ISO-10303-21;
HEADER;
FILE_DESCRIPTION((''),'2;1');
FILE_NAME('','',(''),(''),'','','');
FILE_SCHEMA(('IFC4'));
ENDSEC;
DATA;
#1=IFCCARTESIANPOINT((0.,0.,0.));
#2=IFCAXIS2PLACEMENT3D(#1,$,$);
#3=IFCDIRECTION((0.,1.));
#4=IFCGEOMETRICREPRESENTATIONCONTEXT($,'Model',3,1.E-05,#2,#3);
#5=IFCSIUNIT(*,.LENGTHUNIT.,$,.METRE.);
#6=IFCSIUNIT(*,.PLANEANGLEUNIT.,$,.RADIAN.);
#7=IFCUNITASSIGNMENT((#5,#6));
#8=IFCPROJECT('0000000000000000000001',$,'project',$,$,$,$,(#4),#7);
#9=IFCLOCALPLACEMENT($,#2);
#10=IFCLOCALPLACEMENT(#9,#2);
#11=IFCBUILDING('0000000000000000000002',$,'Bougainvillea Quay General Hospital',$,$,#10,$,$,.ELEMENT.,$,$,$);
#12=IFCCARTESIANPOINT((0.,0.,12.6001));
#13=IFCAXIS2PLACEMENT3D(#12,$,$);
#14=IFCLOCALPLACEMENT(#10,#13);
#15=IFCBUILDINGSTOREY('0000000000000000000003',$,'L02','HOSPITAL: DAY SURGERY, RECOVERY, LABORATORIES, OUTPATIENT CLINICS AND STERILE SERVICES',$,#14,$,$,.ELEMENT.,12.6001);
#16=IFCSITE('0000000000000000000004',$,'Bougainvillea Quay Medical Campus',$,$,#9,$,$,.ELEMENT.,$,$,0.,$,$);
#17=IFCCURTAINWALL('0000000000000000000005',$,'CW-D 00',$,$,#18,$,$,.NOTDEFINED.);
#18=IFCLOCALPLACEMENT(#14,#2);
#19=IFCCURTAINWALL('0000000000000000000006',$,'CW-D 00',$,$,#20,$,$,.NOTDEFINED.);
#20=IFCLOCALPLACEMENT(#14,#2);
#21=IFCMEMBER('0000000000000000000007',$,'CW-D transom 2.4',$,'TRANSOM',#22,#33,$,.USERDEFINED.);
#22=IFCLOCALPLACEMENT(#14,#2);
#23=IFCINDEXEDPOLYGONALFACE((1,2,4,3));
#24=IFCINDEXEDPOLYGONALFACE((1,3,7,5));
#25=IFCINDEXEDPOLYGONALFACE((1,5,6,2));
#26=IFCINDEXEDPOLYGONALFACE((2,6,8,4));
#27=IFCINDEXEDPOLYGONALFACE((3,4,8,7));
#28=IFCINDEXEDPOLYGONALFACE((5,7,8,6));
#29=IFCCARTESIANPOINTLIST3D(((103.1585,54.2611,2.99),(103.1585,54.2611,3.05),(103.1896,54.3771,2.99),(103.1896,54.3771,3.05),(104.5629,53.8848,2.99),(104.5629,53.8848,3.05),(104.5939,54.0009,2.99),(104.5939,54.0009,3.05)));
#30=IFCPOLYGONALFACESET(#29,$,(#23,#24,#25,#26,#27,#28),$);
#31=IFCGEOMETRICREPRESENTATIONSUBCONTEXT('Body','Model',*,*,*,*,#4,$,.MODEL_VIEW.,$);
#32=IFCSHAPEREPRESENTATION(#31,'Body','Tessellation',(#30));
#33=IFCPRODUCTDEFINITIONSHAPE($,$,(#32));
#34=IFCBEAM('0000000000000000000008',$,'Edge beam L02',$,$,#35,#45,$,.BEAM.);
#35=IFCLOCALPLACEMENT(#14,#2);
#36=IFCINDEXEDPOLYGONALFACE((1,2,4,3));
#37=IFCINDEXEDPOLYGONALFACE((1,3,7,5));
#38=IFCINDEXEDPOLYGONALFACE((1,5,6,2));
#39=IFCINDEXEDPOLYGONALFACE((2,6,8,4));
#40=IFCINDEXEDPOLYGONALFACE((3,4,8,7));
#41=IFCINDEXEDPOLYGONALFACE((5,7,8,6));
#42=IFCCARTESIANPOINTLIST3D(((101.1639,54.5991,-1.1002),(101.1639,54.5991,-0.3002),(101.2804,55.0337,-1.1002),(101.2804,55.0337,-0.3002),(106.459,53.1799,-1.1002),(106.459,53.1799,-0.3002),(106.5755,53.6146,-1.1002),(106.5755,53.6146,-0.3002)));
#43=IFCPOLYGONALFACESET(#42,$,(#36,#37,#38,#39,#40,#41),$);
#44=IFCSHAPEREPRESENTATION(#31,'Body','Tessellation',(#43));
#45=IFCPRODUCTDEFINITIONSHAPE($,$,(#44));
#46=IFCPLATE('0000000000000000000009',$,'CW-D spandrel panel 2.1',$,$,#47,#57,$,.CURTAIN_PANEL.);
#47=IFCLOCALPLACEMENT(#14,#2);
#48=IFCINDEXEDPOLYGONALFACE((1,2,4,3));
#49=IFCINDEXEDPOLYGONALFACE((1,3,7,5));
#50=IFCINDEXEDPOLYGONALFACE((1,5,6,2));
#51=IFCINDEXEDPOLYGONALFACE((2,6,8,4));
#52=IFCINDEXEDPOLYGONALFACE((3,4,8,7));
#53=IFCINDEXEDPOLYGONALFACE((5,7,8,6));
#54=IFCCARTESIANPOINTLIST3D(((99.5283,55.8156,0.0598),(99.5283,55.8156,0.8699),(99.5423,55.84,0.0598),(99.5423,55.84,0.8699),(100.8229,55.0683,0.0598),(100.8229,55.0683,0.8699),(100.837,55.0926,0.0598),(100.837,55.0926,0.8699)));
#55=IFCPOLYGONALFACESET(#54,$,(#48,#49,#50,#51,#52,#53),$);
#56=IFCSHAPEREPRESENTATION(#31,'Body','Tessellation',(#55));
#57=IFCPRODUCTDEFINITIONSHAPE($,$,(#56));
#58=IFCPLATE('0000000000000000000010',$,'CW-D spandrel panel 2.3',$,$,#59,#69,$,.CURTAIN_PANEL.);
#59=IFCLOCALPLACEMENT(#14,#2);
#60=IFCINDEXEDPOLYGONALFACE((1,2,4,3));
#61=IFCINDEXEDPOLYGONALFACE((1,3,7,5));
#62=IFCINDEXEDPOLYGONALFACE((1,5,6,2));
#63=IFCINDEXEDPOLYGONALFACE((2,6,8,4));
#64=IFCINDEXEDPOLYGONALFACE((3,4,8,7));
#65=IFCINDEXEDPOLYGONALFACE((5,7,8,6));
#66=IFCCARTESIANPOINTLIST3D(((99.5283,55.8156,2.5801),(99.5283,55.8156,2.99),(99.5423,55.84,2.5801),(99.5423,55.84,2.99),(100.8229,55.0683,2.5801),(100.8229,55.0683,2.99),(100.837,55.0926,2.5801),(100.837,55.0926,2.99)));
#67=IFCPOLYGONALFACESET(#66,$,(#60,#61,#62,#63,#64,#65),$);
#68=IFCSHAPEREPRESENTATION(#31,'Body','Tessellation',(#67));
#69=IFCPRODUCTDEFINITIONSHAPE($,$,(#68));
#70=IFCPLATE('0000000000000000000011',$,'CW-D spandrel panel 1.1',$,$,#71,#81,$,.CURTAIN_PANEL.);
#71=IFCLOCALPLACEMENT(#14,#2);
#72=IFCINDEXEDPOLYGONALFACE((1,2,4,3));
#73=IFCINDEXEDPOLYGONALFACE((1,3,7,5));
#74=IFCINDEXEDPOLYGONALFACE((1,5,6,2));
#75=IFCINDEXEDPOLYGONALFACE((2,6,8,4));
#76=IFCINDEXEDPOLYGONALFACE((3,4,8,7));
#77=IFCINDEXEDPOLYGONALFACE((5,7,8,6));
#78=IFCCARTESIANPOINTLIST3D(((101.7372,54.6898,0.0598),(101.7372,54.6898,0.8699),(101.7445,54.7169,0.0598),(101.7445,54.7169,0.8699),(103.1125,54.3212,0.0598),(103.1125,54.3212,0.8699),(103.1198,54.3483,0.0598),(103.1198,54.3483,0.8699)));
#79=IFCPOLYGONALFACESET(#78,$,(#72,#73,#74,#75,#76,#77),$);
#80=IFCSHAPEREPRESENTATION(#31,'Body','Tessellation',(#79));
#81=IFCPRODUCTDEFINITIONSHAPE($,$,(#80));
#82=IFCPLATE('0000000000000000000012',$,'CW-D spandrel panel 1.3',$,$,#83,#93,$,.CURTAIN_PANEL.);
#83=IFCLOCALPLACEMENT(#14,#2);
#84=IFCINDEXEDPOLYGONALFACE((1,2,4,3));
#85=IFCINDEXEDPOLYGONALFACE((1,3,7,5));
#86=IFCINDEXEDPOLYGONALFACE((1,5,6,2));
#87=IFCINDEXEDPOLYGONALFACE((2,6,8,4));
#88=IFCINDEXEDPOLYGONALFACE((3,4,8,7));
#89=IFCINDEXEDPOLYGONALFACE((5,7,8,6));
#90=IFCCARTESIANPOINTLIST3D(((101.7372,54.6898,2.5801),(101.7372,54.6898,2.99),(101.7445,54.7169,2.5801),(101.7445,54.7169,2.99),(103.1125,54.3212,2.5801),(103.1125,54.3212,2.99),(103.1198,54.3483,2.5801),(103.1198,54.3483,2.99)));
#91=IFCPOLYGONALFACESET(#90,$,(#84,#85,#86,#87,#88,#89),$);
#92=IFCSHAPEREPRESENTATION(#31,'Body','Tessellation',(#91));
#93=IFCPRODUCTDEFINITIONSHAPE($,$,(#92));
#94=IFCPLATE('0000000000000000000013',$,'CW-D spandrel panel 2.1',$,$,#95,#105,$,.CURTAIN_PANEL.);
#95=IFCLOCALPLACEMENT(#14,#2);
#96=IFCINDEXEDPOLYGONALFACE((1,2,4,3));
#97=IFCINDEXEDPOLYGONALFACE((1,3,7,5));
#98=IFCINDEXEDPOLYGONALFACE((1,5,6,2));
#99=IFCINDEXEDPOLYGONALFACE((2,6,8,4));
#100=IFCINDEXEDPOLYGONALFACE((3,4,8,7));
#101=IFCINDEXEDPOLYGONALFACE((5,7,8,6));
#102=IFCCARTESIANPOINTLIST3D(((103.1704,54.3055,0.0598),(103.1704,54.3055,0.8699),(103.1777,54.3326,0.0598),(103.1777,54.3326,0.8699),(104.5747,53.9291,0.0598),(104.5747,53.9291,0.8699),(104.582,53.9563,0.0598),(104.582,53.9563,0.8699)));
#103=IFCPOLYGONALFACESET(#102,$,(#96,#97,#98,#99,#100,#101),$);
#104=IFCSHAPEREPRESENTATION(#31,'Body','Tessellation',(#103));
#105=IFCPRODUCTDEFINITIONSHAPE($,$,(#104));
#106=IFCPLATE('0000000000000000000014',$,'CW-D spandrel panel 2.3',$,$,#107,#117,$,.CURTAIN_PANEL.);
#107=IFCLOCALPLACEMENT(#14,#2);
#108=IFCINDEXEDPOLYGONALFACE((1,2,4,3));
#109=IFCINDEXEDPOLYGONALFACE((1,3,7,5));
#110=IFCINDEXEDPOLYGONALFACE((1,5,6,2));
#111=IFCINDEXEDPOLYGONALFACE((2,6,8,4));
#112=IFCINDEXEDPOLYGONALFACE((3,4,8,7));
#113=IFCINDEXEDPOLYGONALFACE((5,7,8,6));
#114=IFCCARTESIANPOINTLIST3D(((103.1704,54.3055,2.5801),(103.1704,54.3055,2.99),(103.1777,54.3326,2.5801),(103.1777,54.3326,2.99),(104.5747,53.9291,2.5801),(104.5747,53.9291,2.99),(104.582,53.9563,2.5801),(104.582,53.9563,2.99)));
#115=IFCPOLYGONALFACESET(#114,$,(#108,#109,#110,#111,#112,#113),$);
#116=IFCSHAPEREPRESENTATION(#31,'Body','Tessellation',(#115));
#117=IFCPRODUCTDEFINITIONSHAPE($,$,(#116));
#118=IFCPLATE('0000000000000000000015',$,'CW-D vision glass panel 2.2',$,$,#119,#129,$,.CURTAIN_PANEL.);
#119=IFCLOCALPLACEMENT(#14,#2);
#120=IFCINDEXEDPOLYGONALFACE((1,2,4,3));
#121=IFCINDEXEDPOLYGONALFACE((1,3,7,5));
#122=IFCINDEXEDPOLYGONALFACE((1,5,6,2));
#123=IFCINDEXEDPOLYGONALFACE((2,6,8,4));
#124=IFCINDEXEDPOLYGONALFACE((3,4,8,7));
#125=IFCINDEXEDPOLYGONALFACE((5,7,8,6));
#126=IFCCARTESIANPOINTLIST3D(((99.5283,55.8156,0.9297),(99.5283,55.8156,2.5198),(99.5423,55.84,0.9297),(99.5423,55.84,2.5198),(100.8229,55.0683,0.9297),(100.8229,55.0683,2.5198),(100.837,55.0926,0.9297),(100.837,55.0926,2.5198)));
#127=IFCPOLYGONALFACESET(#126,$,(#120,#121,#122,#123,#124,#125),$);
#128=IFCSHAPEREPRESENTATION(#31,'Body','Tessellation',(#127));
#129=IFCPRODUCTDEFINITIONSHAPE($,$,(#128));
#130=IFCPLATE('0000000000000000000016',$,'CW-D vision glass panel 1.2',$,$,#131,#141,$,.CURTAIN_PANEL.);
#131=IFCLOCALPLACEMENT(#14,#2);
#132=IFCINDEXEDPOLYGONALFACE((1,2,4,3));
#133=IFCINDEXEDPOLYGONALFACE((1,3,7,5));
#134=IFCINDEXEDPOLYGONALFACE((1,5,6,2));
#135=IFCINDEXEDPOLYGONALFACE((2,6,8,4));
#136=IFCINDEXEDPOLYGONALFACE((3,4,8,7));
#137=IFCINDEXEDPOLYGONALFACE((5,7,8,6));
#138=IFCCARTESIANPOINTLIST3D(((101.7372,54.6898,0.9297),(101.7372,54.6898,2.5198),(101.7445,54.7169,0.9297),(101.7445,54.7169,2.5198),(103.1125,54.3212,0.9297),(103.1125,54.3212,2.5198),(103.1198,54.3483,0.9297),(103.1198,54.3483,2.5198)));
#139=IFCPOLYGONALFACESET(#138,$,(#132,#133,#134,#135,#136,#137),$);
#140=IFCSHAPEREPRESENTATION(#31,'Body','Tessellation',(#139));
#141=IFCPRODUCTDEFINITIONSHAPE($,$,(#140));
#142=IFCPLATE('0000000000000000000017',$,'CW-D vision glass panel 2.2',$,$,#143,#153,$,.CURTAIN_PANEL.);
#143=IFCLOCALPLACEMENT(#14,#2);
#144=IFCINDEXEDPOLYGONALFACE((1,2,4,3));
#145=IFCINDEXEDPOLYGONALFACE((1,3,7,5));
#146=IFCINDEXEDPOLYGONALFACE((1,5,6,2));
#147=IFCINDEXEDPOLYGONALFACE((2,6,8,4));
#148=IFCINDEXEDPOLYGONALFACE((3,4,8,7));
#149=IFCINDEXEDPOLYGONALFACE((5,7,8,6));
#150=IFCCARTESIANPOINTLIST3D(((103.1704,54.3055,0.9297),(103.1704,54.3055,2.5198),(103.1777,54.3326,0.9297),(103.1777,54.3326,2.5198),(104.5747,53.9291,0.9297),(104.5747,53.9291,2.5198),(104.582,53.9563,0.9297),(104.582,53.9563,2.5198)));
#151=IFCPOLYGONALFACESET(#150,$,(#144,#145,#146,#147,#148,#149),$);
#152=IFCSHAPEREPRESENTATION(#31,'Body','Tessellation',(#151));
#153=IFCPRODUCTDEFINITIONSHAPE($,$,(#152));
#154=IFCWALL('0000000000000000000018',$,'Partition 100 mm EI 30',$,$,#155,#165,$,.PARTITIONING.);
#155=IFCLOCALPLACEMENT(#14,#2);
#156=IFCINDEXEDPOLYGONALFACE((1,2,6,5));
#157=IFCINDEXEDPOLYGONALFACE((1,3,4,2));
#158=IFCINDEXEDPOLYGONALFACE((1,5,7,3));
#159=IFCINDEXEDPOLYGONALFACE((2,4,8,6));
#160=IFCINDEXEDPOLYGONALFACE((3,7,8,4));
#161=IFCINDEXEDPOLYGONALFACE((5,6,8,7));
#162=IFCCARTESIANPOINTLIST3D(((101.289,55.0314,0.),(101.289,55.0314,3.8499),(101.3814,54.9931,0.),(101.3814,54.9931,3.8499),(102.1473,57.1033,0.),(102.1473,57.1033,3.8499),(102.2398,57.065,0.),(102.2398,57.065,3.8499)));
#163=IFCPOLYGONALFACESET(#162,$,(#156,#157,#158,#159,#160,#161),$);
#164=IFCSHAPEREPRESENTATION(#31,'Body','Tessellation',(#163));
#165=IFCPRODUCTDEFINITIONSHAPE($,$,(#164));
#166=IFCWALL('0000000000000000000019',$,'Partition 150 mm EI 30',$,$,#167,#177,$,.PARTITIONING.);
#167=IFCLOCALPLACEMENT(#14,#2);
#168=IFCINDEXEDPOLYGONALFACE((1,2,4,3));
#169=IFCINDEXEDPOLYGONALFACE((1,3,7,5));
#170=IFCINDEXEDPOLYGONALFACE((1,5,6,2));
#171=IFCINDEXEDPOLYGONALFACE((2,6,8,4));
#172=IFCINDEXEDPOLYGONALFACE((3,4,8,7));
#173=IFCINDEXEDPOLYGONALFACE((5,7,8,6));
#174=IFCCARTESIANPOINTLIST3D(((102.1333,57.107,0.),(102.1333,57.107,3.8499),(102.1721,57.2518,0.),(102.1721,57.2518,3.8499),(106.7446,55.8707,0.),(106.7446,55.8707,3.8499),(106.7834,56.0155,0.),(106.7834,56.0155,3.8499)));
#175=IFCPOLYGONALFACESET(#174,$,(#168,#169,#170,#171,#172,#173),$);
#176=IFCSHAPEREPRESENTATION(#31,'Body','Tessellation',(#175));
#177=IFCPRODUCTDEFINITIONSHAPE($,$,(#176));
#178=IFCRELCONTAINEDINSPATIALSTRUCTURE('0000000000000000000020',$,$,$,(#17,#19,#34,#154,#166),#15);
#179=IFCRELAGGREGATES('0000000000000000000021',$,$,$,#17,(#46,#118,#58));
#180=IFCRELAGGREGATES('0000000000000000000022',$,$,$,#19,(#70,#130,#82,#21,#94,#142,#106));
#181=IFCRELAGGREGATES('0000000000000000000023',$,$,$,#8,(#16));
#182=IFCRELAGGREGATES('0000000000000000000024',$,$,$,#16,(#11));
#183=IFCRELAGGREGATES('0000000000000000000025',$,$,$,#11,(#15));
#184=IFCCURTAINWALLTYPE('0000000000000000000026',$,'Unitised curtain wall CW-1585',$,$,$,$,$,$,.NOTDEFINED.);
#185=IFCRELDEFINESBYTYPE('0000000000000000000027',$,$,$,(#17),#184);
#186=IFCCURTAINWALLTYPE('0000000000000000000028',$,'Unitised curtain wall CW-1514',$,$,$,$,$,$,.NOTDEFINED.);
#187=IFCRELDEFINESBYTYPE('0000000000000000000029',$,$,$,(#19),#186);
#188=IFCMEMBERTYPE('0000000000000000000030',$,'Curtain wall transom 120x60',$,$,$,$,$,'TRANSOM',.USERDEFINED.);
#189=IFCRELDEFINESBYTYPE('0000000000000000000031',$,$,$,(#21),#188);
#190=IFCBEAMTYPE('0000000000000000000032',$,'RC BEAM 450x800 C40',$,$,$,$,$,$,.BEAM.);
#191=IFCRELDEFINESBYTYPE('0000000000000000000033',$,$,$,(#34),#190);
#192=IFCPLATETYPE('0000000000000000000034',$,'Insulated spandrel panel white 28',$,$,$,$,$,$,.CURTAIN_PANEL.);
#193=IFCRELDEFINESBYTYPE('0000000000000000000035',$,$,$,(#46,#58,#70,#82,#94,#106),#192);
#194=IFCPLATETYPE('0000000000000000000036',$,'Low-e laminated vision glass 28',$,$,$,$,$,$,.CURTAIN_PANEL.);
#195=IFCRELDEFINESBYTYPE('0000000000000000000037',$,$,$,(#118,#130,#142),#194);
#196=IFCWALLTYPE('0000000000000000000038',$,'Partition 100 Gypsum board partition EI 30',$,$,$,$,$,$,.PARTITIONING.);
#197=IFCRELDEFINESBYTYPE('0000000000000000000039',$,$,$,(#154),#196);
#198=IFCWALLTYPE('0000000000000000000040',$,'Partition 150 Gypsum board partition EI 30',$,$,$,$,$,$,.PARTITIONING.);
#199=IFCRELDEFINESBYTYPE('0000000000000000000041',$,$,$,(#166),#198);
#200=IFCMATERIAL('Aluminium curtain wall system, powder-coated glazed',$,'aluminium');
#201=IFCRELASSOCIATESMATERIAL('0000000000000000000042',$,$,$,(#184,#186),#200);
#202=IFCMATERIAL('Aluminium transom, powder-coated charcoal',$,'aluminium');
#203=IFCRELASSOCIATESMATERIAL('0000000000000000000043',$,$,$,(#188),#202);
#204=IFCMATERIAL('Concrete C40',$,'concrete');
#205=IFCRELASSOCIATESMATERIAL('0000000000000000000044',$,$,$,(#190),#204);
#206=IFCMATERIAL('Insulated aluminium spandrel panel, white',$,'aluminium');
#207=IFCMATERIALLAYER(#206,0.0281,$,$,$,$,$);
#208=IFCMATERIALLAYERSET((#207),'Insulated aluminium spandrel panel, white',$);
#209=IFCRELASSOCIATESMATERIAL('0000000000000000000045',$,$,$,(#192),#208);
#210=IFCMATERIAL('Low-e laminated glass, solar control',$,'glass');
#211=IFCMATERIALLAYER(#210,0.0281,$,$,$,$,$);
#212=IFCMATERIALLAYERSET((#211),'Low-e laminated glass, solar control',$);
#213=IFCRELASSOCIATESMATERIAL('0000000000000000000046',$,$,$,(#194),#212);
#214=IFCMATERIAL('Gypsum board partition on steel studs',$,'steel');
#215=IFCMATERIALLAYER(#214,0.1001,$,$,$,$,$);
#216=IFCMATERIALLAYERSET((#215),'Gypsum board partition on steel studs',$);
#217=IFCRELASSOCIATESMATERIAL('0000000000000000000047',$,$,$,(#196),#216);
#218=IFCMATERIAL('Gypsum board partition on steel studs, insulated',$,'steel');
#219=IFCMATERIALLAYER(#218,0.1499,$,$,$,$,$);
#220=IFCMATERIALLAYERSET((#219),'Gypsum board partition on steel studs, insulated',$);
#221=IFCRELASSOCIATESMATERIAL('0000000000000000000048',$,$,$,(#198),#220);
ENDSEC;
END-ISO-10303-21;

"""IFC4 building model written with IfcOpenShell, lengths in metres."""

from ifc_helpers import new_model, si_unit, direction, frame, frame_2d, origin, origin_2d, place, context, subcontext, project, spatial, rectangle, extrude, material, layer, layer_set, material_profile, profile_set, type_object, element, aggregate, save


model = new_model("IFC4")

# Units and contexts
model_context = context("Model", 3, precision=1e-05, world=origin(), true_north=direction((0.0, 1.0)))
body_context = subcontext(model_context, "Body", "Model", "MODEL_VIEW")
ifc_project = project(units=[si_unit("LENGTHUNIT", "METRE"), si_unit("PLANEANGLEUNIT", "RADIAN")], contexts=[model_context])

# Site, building, storey
site_placement = place(None, origin())
site = spatial("IfcSite", under=ifc_project, at=site_placement, Name="Bougainvillea Quay Medical Campus", CompositionType="ELEMENT", RefElevation=0.0)
building_placement = place(site_placement, origin())
building = spatial("IfcBuilding", under=site, at=building_placement, Name="Bougainvillea Quay General Hospital", CompositionType="ELEMENT")
storey_placement = place(building_placement, frame((0.0, 0.0, 12.6001)))
storey = spatial("IfcBuildingStorey", under=building, at=storey_placement, Name="L02", Description="HOSPITAL: DAY SURGERY, RECOVERY, LABORATORIES, OUTPATIENT CLINICS AND STERILE SERVICES", CompositionType="ELEMENT", Elevation=12.6001)

# Shared definitions
ifc_material_1 = material(Name="Concrete C40", Category="concrete")

# Curtain wall
ifc_material_2 = material(Name="Aluminium curtain wall system, powder-coated glazed", Category="aluminium")
curtain_wall_type_1 = type_object("IfcCurtainWallType", Name="Unitised curtain wall CW-1585", PredefinedType="NOTDEFINED", material=ifc_material_2)
curtain_wall_1_placement = place(storey_placement, origin())
curtain_wall_1 = element("IfcCurtainWall", 1, at=curtain_wall_1_placement, inside=storey, type_object=curtain_wall_type_1, Name="CW-D 00", PredefinedType="NOTDEFINED")

# Curtain wall, member
curtain_wall_type_2 = type_object("IfcCurtainWallType", Name="Unitised curtain wall CW-1514", PredefinedType="NOTDEFINED", material=ifc_material_2)
curtain_wall_2_placement = place(storey_placement, origin())
curtain_wall_2 = element("IfcCurtainWall", 2, at=curtain_wall_2_placement, inside=storey, type_object=curtain_wall_type_2, Name="CW-D 00", PredefinedType="NOTDEFINED")
ifc_material_3 = material(Name="Aluminium transom, powder-coated charcoal", Category="aluminium")
ifc_material_profile_1 = material_profile(ifc_material_3, rectangle(XDim=0.1201, YDim=0.0601, at=origin_2d()))
ifc_profile_set_1 = profile_set([ifc_material_profile_1], Name="Aluminium transom, powder-coated charcoal")
member_type_1 = type_object("IfcMemberType", Name="Curtain wall transom 120x60", ElementType="TRANSOM", PredefinedType="USERDEFINED", material=ifc_profile_set_1)
member_1_placement = place(storey_placement, frame((103.1741, 54.3191, 3.02), z_axis=(0.965936, -0.258781, 0.0), x_axis=(0.258781, 0.965936, 0.0)))
member_1 = element("IfcMember", 3, at=member_1_placement, type_object=member_type_1, Name="CW-D transom 2.4", ObjectType="TRANSOM", PredefinedType="USERDEFINED", context=body_context, shape_type="SweptSolid", body=[
    extrude(rectangle(XDim=0.1201, YDim=0.0601, at=origin_2d()), origin(), (0.0, 0.0, 1.0), 1.4539),
])

# Beam
ifc_material_profile_2 = material_profile(ifc_material_1, rectangle(XDim=0.45, YDim=0.8, at=origin_2d()))
ifc_profile_set_2 = profile_set([ifc_material_profile_2], Name="Concrete C40")
beam_type = type_object("IfcBeamType", Name="RC BEAM 450x800 C40", PredefinedType="BEAM", material=ifc_profile_set_2)
beam_placement = place(storey_placement, frame((101.2222, 54.8164, -0.7002), z_axis=(0.96591, -0.258879, 0.0), x_axis=(0.258879, 0.96591, 0.0)))
element("IfcBeam", 4, at=beam_placement, inside=storey, type_object=beam_type, Name="Edge beam L02", PredefinedType="BEAM", context=body_context, shape_type="SweptSolid", body=[
    extrude(rectangle(XDim=0.45, YDim=0.8, at=origin_2d()), origin(), (0.0, 0.0, 1.0), 5.4819),
])

# Plates
ifc_material_4 = material(Name="Insulated aluminium spandrel panel, white", Category="aluminium")
ifc_layer_1 = layer(ifc_material_4, 0.0281)
ifc_layer_set_1 = layer_set([ifc_layer_1], Name="Insulated aluminium spandrel panel, white")
plate_type_1 = type_object("IfcPlateType", Name="Insulated spandrel panel white 28", PredefinedType="CURTAIN_PANEL", material=ifc_layer_set_1)
plate_1_placement = place(storey_placement, frame((100.1826, 55.4541, 0.0598), z_axis=(0.0, 0.0, 1.0), x_axis=(0.866046, -0.499965, 0.0)))
plate_1 = element("IfcPlate", 5, at=plate_1_placement, type_object=plate_type_1, Name="CW-D spandrel panel 2.1", PredefinedType="CURTAIN_PANEL", context=body_context, shape_type="SweptSolid", body=[
    extrude(rectangle(XDim=1.4949, YDim=0.0281, at=origin_2d()), origin(), (0.0, 0.0, 1.0), 0.8101),
])
plate_2_placement = place(storey_placement, frame((100.1826, 55.4541, 2.5801), z_axis=(0.0, 0.0, 1.0), x_axis=(0.866046, -0.499965, 0.0)))
plate_2 = element("IfcPlate", 6, at=plate_2_placement, type_object=plate_type_1, Name="CW-D spandrel panel 2.3", PredefinedType="CURTAIN_PANEL", context=body_context, shape_type="SweptSolid", body=[
    extrude(rectangle(XDim=1.4949, YDim=0.0281, at=origin_2d()), origin(), (0.0, 0.0, 1.0), 0.4099),
])
plate_3_placement = place(storey_placement, frame((102.4285, 54.519, 0.0598), z_axis=(0.0, 0.0, 1.0), x_axis=(0.965916, -0.258855, 0.0)))
plate_3 = element("IfcPlate", 7, at=plate_3_placement, type_object=plate_type_1, Name="CW-D spandrel panel 1.1", PredefinedType="CURTAIN_PANEL", context=body_context, shape_type="SweptSolid", body=[
    extrude(rectangle(XDim=1.4238, YDim=0.0281, at=origin_2d()), origin(), (0.0, 0.0, 1.0), 0.8101),
])
plate_4_placement = place(storey_placement, frame((102.4285, 54.519, 2.5801), z_axis=(0.0, 0.0, 1.0), x_axis=(0.965916, -0.258855, 0.0)))
plate_4 = element("IfcPlate", 8, at=plate_4_placement, type_object=plate_type_1, Name="CW-D spandrel panel 1.3", PredefinedType="CURTAIN_PANEL", context=body_context, shape_type="SweptSolid", body=[
    extrude(rectangle(XDim=1.4238, YDim=0.0281, at=origin_2d()), origin(), (0.0, 0.0, 1.0), 0.4099),
])
plate_5_placement = place(storey_placement, frame((103.8762, 54.1309, 0.0598), z_axis=(0.0, 0.0, 1.0), x_axis=(0.965916, -0.258855, 0.0)))
plate_5 = element("IfcPlate", 9, at=plate_5_placement, type_object=plate_type_1, Name="CW-D spandrel panel 2.1", PredefinedType="CURTAIN_PANEL", context=body_context, shape_type="SweptSolid", body=[
    extrude(rectangle(XDim=1.4539, YDim=0.0281, at=origin_2d()), origin(), (0.0, 0.0, 1.0), 0.8101),
])
plate_6_placement = place(storey_placement, frame((103.8762, 54.1309, 2.5801), z_axis=(0.0, 0.0, 1.0), x_axis=(0.965916, -0.258855, 0.0)))
plate_6 = element("IfcPlate", 10, at=plate_6_placement, type_object=plate_type_1, Name="CW-D spandrel panel 2.3", PredefinedType="CURTAIN_PANEL", context=body_context, shape_type="SweptSolid", body=[
    extrude(rectangle(XDim=1.4539, YDim=0.0281, at=origin_2d()), origin(), (0.0, 0.0, 1.0), 0.4099),
])
ifc_material_5 = material(Name="Low-e laminated glass, solar control", Category="glass")
ifc_layer_2 = layer(ifc_material_5, 0.0281)
ifc_layer_set_2 = layer_set([ifc_layer_2], Name="Low-e laminated glass, solar control")
plate_type_2 = type_object("IfcPlateType", Name="Low-e laminated vision glass 28", PredefinedType="CURTAIN_PANEL", material=ifc_layer_set_2)
plate_7_placement = place(storey_placement, frame((100.1826, 55.4541, 0.9297), z_axis=(0.0, 0.0, 1.0), x_axis=(0.866046, -0.499965, 0.0)))
plate_7 = element("IfcPlate", 11, at=plate_7_placement, type_object=plate_type_2, Name="CW-D vision glass panel 2.2", PredefinedType="CURTAIN_PANEL", context=body_context, shape_type="SweptSolid", body=[
    extrude(rectangle(XDim=1.4949, YDim=0.0281, at=origin_2d()), origin(), (0.0, 0.0, 1.0), 1.5901),
])
aggregate(curtain_wall_1, [plate_1, plate_7, plate_2])
plate_8_placement = place(storey_placement, frame((102.4285, 54.519, 0.9297), z_axis=(0.0, 0.0, 1.0), x_axis=(0.965916, -0.258855, 0.0)))
plate_8 = element("IfcPlate", 12, at=plate_8_placement, type_object=plate_type_2, Name="CW-D vision glass panel 1.2", PredefinedType="CURTAIN_PANEL", context=body_context, shape_type="SweptSolid", body=[
    extrude(rectangle(XDim=1.4238, YDim=0.0281, at=origin_2d()), origin(), (0.0, 0.0, 1.0), 1.5901),
])
plate_9_placement = place(storey_placement, frame((103.8762, 54.1309, 0.9297), z_axis=(0.0, 0.0, 1.0), x_axis=(0.965916, -0.258855, 0.0)))
plate_9 = element("IfcPlate", 13, at=plate_9_placement, type_object=plate_type_2, Name="CW-D vision glass panel 2.2", PredefinedType="CURTAIN_PANEL", context=body_context, shape_type="SweptSolid", body=[
    extrude(rectangle(XDim=1.4539, YDim=0.0281, at=origin_2d()), origin(), (0.0, 0.0, 1.0), 1.5901),
])
aggregate(curtain_wall_2, [plate_3, plate_8, plate_4, member_1, plate_5, plate_9, plate_6])

# Walls
ifc_material_6 = material(Name="Gypsum board partition on steel studs", Category="steel")
ifc_layer_3 = layer(ifc_material_6, 0.1001)
ifc_layer_set_3 = layer_set([ifc_layer_3], Name="Gypsum board partition on steel studs")
wall_type_1 = type_object("IfcWallType", Name="Partition 100 Gypsum board partition EI 30", PredefinedType="PARTITIONING", material=ifc_layer_set_3)
wall_1_placement = place(storey_placement, frame((101.3352, 55.0122, 0.0), z_axis=(0.0, 0.0, 1.0), x_axis=(0.382736, 0.923858, 0.0)))
element("IfcWall", 14, at=wall_1_placement, inside=storey, type_object=wall_type_1, Name="Partition 100 mm EI 30", PredefinedType="PARTITIONING", context=body_context, shape_type="SweptSolid", body=[
    extrude(rectangle(XDim=2.2427, YDim=0.1001, at=frame_2d((1.1213, 0.0))), origin(), (0.0, 0.0, 1.0), 3.8499),
])
ifc_material_7 = material(Name="Gypsum board partition on steel studs, insulated", Category="steel")
ifc_layer_4 = layer(ifc_material_7, 0.1499)
ifc_layer_set_4 = layer_set([ifc_layer_4], Name="Gypsum board partition on steel studs, insulated")
wall_type_2 = type_object("IfcWallType", Name="Partition 150 Gypsum board partition EI 30", PredefinedType="PARTITIONING", material=ifc_layer_set_4)
wall_2_placement = place(storey_placement, frame((102.1526, 57.1794, 0.0), z_axis=(0.0, 0.0, 1.0), x_axis=(0.965888, -0.258961, 0.0)))
element("IfcWall", 15, at=wall_2_placement, inside=storey, type_object=wall_type_2, Name="Partition 150 mm EI 30", PredefinedType="PARTITIONING", context=body_context, shape_type="SweptSolid", body=[
    extrude(rectangle(XDim=4.7742, YDim=0.1499, at=frame_2d((2.3872, 0.0))), origin(), (0.0, 0.0, 1.0), 3.8499),
])

save(model, "model.ifc")
